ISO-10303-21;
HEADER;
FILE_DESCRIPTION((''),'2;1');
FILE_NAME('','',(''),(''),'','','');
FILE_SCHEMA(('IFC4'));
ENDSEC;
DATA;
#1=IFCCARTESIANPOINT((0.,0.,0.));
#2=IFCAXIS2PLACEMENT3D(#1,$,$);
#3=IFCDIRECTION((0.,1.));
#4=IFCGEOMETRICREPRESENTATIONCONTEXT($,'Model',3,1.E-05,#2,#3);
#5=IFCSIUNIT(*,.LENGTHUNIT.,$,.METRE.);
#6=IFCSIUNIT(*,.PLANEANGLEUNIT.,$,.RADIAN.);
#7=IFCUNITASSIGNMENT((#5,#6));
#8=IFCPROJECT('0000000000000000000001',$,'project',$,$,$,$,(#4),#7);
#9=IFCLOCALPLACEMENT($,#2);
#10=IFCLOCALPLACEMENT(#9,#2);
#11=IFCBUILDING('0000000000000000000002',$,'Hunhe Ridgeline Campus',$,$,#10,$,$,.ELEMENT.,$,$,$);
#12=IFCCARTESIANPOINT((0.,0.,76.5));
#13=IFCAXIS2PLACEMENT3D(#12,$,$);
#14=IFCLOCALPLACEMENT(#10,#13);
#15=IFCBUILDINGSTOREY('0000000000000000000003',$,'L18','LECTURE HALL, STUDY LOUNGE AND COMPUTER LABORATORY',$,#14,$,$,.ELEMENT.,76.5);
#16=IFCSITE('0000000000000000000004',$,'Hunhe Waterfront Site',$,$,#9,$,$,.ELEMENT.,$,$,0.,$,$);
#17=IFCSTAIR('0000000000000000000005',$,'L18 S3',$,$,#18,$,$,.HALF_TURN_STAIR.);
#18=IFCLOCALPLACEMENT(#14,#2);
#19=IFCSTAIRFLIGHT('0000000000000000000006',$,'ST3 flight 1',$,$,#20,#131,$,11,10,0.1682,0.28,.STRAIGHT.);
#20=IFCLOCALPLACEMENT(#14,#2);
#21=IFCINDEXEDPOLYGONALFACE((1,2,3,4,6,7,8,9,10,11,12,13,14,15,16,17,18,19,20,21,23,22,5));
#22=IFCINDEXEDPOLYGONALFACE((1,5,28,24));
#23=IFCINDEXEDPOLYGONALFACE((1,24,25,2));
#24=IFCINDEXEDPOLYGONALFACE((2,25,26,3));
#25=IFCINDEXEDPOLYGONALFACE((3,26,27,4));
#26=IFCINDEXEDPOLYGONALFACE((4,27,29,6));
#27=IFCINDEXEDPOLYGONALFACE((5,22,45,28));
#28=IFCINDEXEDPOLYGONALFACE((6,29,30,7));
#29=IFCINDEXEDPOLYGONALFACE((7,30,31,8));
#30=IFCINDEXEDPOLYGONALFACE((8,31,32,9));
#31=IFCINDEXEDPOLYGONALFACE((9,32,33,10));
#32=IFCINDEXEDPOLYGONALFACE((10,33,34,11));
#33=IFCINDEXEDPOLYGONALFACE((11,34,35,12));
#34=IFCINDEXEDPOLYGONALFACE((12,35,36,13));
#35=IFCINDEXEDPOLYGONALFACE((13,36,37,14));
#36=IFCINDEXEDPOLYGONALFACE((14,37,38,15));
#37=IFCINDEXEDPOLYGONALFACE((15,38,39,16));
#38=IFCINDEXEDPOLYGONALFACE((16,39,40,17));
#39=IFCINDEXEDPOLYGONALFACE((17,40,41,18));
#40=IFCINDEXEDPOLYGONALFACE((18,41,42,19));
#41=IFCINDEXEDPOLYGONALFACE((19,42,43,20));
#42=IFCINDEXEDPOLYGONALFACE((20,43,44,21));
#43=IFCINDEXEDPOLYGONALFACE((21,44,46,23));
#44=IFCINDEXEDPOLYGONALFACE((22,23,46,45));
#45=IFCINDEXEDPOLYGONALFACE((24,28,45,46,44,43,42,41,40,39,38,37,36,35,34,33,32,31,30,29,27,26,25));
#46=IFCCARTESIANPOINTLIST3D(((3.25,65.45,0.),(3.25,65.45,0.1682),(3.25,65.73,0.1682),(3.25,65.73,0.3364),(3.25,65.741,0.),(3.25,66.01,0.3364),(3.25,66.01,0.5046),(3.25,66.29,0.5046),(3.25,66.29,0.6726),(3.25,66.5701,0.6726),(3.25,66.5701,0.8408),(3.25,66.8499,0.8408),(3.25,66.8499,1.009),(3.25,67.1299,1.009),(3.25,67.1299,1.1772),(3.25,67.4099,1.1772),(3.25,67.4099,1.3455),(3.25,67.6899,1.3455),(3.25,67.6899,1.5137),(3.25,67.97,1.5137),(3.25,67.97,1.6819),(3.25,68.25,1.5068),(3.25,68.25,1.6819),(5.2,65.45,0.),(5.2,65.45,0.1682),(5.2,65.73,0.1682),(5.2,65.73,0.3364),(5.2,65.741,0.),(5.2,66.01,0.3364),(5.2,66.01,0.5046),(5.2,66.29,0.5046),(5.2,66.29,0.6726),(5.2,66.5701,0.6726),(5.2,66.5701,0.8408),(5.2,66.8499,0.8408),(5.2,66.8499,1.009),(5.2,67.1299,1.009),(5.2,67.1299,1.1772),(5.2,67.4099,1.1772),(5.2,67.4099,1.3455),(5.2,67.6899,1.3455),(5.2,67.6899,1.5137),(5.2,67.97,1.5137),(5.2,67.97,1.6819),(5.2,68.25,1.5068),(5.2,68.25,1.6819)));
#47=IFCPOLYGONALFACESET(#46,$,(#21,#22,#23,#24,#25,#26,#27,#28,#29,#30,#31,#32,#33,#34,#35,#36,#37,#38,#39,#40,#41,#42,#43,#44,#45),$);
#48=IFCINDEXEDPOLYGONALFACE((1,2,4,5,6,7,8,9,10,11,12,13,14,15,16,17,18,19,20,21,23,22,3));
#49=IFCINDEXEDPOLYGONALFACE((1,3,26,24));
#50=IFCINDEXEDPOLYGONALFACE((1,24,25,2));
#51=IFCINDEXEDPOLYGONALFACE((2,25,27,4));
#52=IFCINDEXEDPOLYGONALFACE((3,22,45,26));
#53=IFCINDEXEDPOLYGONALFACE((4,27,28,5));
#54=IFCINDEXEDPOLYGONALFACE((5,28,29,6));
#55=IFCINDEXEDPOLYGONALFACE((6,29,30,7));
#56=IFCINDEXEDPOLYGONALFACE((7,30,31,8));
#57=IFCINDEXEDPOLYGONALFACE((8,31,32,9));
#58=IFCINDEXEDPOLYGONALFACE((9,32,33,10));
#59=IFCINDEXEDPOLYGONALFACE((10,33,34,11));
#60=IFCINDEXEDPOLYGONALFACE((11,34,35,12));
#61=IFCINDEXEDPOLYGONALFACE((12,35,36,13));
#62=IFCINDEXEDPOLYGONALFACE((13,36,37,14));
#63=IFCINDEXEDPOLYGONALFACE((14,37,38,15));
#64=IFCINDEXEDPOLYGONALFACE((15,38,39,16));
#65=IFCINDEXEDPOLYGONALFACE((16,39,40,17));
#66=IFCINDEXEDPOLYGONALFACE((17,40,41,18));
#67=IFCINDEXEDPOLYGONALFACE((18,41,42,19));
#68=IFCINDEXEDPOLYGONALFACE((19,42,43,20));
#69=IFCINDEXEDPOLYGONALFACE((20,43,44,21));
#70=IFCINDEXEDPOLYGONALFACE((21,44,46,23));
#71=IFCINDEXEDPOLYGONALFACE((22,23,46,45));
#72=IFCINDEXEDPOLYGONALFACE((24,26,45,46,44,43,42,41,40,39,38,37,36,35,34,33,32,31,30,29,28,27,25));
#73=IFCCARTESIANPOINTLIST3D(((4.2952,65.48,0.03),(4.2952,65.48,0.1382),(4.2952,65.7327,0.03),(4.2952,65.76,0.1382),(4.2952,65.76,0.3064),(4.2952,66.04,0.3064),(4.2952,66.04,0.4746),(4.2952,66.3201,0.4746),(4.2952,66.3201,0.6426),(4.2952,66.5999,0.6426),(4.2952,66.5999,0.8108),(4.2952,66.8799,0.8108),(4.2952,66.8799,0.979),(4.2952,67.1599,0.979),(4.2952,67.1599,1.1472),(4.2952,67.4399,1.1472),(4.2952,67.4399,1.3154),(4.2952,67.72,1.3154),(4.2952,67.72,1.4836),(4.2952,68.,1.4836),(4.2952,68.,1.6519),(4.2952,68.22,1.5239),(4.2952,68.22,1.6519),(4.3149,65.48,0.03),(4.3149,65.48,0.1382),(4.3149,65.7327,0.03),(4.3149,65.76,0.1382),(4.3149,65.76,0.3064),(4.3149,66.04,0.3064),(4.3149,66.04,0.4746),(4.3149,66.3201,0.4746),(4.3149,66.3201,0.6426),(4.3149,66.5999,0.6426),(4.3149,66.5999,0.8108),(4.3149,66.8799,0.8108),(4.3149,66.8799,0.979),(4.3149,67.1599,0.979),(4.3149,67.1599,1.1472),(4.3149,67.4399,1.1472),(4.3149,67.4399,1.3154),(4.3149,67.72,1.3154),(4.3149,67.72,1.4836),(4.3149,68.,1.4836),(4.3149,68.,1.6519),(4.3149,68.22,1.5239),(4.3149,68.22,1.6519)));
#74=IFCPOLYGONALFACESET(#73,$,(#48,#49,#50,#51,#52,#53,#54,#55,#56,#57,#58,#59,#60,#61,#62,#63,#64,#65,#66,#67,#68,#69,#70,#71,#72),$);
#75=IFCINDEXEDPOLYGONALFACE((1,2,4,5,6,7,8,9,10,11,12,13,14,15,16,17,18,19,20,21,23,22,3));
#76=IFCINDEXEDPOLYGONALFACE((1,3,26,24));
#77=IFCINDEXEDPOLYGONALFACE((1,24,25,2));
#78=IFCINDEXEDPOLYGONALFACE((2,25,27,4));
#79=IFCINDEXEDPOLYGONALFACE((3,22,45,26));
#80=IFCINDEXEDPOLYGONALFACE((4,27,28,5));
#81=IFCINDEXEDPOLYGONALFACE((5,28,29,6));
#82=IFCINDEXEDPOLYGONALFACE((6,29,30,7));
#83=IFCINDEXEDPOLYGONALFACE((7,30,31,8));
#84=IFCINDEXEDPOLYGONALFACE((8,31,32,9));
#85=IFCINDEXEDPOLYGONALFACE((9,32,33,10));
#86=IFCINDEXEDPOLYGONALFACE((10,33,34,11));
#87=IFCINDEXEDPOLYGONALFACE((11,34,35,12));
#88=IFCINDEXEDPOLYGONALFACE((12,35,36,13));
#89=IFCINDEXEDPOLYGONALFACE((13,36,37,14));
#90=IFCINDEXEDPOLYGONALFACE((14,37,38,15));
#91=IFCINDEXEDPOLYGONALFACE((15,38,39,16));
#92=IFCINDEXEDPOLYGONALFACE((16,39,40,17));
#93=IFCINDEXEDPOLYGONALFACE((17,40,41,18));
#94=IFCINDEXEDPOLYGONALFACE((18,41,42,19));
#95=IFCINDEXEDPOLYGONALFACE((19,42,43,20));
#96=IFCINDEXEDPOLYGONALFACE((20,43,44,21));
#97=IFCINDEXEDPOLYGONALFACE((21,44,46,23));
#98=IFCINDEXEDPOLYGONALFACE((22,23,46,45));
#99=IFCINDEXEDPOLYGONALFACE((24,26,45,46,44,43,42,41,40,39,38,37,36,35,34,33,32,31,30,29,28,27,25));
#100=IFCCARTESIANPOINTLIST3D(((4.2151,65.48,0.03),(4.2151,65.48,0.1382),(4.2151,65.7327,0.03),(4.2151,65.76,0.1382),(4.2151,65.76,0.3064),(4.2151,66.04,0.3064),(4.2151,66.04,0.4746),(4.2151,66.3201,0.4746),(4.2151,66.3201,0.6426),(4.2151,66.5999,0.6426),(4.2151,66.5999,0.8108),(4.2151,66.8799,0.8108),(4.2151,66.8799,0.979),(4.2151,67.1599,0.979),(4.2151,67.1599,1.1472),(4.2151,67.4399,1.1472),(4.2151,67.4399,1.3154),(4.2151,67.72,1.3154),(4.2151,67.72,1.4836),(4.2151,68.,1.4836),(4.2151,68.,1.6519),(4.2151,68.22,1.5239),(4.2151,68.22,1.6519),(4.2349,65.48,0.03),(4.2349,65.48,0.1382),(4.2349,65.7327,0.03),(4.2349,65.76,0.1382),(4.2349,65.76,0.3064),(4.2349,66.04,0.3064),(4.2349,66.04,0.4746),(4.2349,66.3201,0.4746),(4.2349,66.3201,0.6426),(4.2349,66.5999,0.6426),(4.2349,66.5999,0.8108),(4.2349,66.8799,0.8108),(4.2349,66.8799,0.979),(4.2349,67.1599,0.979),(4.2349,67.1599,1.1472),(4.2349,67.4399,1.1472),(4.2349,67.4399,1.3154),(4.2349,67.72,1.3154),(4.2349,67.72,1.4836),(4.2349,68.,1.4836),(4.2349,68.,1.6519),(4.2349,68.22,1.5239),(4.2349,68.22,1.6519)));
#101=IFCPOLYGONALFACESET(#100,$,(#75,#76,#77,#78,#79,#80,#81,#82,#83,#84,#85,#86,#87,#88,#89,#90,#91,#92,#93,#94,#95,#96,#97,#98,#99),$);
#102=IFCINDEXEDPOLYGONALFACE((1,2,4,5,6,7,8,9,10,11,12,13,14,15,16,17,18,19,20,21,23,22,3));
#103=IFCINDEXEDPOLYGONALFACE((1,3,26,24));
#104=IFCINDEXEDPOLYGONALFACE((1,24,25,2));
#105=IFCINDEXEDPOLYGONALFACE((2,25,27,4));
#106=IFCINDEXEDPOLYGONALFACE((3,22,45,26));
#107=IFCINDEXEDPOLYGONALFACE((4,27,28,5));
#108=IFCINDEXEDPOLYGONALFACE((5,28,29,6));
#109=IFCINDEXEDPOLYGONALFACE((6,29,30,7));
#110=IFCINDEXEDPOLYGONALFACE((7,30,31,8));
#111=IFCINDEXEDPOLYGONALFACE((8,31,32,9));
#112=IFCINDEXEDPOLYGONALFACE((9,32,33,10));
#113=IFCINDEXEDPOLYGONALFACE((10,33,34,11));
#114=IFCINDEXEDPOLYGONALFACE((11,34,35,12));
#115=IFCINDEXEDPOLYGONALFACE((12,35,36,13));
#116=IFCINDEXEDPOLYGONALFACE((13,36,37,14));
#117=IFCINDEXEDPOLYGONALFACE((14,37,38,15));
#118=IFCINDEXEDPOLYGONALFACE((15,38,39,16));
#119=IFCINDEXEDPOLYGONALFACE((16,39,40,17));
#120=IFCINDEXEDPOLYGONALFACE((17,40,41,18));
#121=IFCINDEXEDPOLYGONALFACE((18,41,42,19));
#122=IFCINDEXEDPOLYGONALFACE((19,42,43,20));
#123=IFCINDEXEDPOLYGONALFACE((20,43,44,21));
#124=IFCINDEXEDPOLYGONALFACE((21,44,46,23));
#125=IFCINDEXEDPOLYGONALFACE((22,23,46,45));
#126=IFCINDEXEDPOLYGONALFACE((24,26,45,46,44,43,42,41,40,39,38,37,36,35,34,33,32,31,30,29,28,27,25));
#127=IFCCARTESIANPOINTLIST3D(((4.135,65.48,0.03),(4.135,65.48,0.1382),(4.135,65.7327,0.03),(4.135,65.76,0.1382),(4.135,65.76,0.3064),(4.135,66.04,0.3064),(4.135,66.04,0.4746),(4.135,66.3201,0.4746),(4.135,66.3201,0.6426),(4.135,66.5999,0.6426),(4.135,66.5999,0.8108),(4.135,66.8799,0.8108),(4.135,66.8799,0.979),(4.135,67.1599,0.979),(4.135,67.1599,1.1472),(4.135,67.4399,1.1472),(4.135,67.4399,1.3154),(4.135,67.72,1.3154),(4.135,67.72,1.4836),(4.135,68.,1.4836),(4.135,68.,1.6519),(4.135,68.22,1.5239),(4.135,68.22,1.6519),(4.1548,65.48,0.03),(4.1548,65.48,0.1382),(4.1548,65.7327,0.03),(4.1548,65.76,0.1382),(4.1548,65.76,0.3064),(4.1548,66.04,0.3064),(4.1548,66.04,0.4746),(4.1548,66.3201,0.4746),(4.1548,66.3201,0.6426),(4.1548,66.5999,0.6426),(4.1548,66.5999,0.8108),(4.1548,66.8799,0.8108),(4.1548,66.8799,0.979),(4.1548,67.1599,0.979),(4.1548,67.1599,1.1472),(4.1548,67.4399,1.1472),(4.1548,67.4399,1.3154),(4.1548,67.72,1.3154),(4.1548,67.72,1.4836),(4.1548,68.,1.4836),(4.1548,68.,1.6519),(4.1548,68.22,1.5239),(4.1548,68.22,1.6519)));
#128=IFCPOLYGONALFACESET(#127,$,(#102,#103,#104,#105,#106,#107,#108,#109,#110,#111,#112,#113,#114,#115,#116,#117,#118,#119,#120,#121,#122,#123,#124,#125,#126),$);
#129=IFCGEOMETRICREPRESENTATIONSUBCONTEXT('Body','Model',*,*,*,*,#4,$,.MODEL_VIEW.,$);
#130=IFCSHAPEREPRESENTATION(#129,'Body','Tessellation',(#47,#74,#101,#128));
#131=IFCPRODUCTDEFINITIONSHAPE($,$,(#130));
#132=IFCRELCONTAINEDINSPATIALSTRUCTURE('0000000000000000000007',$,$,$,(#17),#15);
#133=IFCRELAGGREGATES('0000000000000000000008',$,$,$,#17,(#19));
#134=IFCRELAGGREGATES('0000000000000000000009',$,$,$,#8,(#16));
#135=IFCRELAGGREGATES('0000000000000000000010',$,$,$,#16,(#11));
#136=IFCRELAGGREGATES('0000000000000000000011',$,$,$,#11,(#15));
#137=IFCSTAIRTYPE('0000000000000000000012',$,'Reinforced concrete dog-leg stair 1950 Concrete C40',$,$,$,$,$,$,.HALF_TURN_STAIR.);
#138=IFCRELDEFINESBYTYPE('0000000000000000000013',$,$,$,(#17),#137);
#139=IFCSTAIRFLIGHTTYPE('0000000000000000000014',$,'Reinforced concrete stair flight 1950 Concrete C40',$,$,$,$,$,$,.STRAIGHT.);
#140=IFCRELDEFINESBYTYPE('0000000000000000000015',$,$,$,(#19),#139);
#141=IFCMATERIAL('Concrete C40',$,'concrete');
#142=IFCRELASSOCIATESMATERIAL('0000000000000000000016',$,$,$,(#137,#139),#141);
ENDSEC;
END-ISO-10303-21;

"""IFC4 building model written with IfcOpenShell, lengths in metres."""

from ifc_helpers import new_model, si_unit, direction, frame, origin, place, context, subcontext, project, spatial, polyline, outline, extrude, material, type_object, element, aggregate, save


model = new_model("IFC4")

# Units and contexts
model_context = context("Model", 3, precision=1e-05, world=origin(), true_north=direction((0.0, 1.0)))
body_context = subcontext(model_context, "Body", "Model", "MODEL_VIEW")
ifc_project = project(units=[si_unit("LENGTHUNIT", "METRE"), si_unit("PLANEANGLEUNIT", "RADIAN")], contexts=[model_context])

# Site, building, storey
site_placement = place(None, origin())
site = spatial("IfcSite", under=ifc_project, at=site_placement, Name="Hunhe Waterfront Site", CompositionType="ELEMENT", RefElevation=0.0)
building_placement = place(site_placement, origin())
building = spatial("IfcBuilding", under=site, at=building_placement, Name="Hunhe Ridgeline Campus", CompositionType="ELEMENT")
storey_placement = place(building_placement, frame((0.0, 0.0, 76.5)))
storey = spatial("IfcBuildingStorey", under=building, at=storey_placement, Name="L18", Description="LECTURE HALL, STUDY LOUNGE AND COMPUTER LABORATORY", CompositionType="ELEMENT", Elevation=76.5)

# Stair, stair flight
ifc_material_1 = material(Name="Concrete C40", Category="concrete")
stair_type = type_object("IfcStairType", Name="Reinforced concrete dog-leg stair 1950 Concrete C40", PredefinedType="HALF_TURN_STAIR", material=ifc_material_1)
stair_1_placement = place(storey_placement, origin())
stair_1 = element("IfcStair", 1, at=stair_1_placement, inside=storey, type_object=stair_type, Name="L18 S3", PredefinedType="HALF_TURN_STAIR")
stair_flight_type = type_object("IfcStairFlightType", Name="Reinforced concrete stair flight 1950 Concrete C40", PredefinedType="STRAIGHT", material=ifc_material_1)
stair_flight_1_placement = place(storey_placement, frame((4.2251, 65.45, 0.0), z_axis=(0.0, 0.0, 1.0), x_axis=(0.0, 1.0, 0.0)))
stair_flight_1 = element("IfcStairFlight", 2, at=stair_flight_1_placement, type_object=stair_flight_type, Name="ST3 flight 1", NumberOfRisers=11, NumberOfTreads=10, PredefinedType="STRAIGHT", RiserHeight=0.1682, TreadLength=0.28, context=body_context, shape_type="SweptSolid", body=[
    extrude(outline(polyline([(0.0, 0.0), (0.0, 0.1682), (0.28, 0.1682), (0.28, 0.3364), (0.5601, 0.3364), (0.5601, 0.5046), (0.8401, 0.5046), (0.8401, 0.6726), (1.1201, 0.6726), (1.1201, 0.8408), (1.3999, 0.8408), (1.3999, 1.009), (1.6799, 1.009), (1.6799, 1.1772), (1.96, 1.1772), (1.96, 1.3455), (2.24, 1.3455), (2.24, 1.5137), (2.52, 1.5137), (2.52, 1.6819), (2.8, 1.6819), (2.8, 1.8501), (2.8, 1.5068), (0.291, 0.0), (0.0, 0.0)])), frame((0.0, 0.9751, 0.0), z_axis=(0.0, -1.0, 0.0), x_axis=(1.0, 0.0, 0.0)), (0.0, 0.0, 1.0), 1.95),
    extrude(outline(polyline([(0.03, 0.03), (0.03, 0.1382), (0.3101, 0.1382), (0.3101, 0.3064), (0.5901, 0.3064), (0.5901, 0.4746), (0.8701, 0.4746), (0.8701, 0.6426), (1.1499, 0.6426), (1.1499, 0.8108), (1.4299, 0.8108), (1.4299, 0.979), (1.71, 0.979), (1.71, 1.1472), (1.99, 1.1472), (1.99, 1.3154), (2.27, 1.3154), (2.27, 1.4836), (2.55, 1.4836), (2.55, 1.6519), (2.77, 1.6519), (2.77, 1.5239), (0.2827, 0.03), (0.03, 0.03)])), frame((0.0, -0.0701, 0.0), z_axis=(0.0, -1.0, 0.0), x_axis=(1.0, 0.0, 0.0)), (0.0, 0.0, 1.0), 0.0198),
    extrude(outline(polyline([(0.03, 0.03), (0.03, 0.1382), (0.3101, 0.1382), (0.3101, 0.3064), (0.5901, 0.3064), (0.5901, 0.4746), (0.8701, 0.4746), (0.8701, 0.6426), (1.1499, 0.6426), (1.1499, 0.8108), (1.4299, 0.8108), (1.4299, 0.979), (1.71, 0.979), (1.71, 1.1472), (1.99, 1.1472), (1.99, 1.3154), (2.27, 1.3154), (2.27, 1.4836), (2.55, 1.4836), (2.55, 1.6519), (2.77, 1.6519), (2.77, 1.5239), (0.2827, 0.03), (0.03, 0.03)])), frame((0.0, 0.01, 0.0), z_axis=(0.0, -1.0, 0.0), x_axis=(1.0, 0.0, 0.0)), (0.0, 0.0, 1.0), 0.0198),
    extrude(outline(polyline([(0.03, 0.03), (0.03, 0.1382), (0.3101, 0.1382), (0.3101, 0.3064), (0.5901, 0.3064), (0.5901, 0.4746), (0.8701, 0.4746), (0.8701, 0.6426), (1.1499, 0.6426), (1.1499, 0.8108), (1.4299, 0.8108), (1.4299, 0.979), (1.71, 0.979), (1.71, 1.1472), (1.99, 1.1472), (1.99, 1.3154), (2.27, 1.3154), (2.27, 1.4836), (2.55, 1.4836), (2.55, 1.6519), (2.77, 1.6519), (2.77, 1.5239), (0.2827, 0.03), (0.03, 0.03)])), frame((0.0, 0.0901, 0.0), z_axis=(0.0, -1.0, 0.0), x_axis=(1.0, 0.0, 0.0)), (0.0, 0.0, 1.0), 0.0198),
])
aggregate(stair_1, [stair_flight_1])

save(model, "model.ifc")
